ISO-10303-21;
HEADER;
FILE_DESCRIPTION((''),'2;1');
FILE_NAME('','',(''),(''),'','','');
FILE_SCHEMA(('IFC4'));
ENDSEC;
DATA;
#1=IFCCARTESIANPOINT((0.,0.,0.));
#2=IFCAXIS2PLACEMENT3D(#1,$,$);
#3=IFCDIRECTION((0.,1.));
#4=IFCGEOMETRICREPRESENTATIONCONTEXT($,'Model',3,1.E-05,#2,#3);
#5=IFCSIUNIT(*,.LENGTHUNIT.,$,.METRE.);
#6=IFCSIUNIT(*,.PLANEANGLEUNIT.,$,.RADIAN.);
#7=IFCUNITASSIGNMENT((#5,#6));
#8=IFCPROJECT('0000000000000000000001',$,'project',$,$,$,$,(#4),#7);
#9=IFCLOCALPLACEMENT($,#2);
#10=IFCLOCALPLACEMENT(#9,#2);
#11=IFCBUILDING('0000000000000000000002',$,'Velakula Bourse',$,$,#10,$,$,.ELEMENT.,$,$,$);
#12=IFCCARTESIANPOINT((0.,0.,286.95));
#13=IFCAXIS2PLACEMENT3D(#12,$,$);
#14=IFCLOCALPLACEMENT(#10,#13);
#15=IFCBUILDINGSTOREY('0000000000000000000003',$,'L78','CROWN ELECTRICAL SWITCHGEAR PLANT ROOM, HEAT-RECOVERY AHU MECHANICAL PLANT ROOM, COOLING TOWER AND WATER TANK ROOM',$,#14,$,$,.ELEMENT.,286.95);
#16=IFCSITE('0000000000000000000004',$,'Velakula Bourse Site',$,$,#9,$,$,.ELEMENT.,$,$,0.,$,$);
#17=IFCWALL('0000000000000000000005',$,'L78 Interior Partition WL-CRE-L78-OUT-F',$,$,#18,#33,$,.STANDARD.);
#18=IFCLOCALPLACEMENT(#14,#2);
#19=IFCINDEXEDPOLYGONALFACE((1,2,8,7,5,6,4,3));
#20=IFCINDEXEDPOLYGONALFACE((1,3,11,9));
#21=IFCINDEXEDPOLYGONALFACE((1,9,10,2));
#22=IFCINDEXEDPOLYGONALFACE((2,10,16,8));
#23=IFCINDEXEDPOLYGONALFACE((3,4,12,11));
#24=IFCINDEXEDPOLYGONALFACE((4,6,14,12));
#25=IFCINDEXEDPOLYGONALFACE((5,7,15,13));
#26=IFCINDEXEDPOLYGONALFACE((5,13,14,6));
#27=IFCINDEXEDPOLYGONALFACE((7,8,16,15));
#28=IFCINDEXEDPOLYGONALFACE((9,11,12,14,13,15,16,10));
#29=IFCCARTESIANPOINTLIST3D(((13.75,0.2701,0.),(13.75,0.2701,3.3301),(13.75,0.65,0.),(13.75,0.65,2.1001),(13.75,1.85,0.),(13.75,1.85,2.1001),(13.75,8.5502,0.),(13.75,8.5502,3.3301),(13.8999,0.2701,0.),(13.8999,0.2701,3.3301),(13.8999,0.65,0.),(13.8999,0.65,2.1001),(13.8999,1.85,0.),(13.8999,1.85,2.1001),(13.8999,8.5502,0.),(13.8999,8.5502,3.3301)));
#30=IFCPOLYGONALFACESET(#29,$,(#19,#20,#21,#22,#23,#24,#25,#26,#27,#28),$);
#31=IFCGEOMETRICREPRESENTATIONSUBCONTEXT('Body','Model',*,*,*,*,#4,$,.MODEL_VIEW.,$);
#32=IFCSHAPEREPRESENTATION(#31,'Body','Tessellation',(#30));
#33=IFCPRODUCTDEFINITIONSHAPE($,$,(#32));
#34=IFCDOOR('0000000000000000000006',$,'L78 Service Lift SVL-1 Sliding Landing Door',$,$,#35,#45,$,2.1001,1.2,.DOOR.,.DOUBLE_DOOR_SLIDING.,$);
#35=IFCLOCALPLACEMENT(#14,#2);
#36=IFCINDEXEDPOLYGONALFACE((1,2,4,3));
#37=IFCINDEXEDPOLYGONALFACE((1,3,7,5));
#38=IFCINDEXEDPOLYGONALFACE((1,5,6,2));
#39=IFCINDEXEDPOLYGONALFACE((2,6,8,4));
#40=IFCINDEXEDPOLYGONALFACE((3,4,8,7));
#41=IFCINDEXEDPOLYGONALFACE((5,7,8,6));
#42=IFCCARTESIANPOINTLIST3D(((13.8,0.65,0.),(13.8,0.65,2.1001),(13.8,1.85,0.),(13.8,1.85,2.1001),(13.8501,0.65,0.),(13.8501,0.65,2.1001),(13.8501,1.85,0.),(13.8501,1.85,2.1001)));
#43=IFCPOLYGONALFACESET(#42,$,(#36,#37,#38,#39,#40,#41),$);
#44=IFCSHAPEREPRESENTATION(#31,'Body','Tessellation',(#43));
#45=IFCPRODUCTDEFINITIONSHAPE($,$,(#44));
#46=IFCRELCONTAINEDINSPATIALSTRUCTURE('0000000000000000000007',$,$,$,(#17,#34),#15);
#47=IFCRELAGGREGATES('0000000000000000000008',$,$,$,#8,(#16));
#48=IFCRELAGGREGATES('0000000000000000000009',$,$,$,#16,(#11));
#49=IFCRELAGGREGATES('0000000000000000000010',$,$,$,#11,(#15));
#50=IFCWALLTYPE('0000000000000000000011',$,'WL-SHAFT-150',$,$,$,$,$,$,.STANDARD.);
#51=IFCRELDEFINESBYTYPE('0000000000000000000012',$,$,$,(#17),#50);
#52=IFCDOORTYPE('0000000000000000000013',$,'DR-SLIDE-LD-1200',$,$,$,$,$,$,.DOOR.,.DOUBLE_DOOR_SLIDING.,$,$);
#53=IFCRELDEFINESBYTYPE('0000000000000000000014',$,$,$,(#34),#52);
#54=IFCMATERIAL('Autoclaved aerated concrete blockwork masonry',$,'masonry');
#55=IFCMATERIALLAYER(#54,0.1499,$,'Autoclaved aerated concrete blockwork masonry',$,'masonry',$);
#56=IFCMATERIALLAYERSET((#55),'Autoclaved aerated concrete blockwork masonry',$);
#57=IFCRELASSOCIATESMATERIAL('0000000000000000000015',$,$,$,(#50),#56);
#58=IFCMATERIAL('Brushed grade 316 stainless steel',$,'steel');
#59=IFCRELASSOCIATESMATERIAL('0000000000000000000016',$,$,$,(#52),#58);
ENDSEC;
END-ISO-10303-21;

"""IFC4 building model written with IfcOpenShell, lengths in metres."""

from ifc_helpers import new_model, si_unit, direction, frame, frame_2d, origin, place, context, subcontext, project, spatial, rectangle, extrude, material, layer, layer_set, type_object, element, fill, save


model = new_model("IFC4")

# Units and contexts
model_context = context("Model", 3, precision=1e-05, world=origin(), true_north=direction((0.0, 1.0)))
body_context = subcontext(model_context, "Body", "Model", "MODEL_VIEW")
ifc_project = project(units=[si_unit("LENGTHUNIT", "METRE"), si_unit("PLANEANGLEUNIT", "RADIAN")], contexts=[model_context])

# Site, building, storey
site_placement = place(None, origin())
site = spatial("IfcSite", under=ifc_project, at=site_placement, Name="Velakula Bourse Site", CompositionType="ELEMENT", RefElevation=0.0)
building_placement = place(site_placement, origin())
building = spatial("IfcBuilding", under=site, at=building_placement, Name="Velakula Bourse", CompositionType="ELEMENT")
storey_placement = place(building_placement, frame((0.0, 0.0, 286.95)))
storey = spatial("IfcBuildingStorey", under=building, at=storey_placement, Name="L78", Description="CROWN ELECTRICAL SWITCHGEAR PLANT ROOM, HEAT-RECOVERY AHU MECHANICAL PLANT ROOM, COOLING TOWER AND WATER TANK ROOM", CompositionType="ELEMENT", Elevation=286.95)

# Wall, opening, door
ifc_material_1 = material(Name="Autoclaved aerated concrete blockwork masonry", Category="masonry")
ifc_layer_1 = layer(ifc_material_1, 0.1499, Name="Autoclaved aerated concrete blockwork masonry", Category="masonry")
ifc_layer_set_1 = layer_set([ifc_layer_1], Name="Autoclaved aerated concrete blockwork masonry")
wall_type_1 = type_object("IfcWallType", Name="WL-SHAFT-150", PredefinedType="STANDARD", material=ifc_layer_set_1)
wall_1_placement = place(storey_placement, frame((13.825, 0.27, 0.0), z_axis=(0.0, 0.0, 1.0), x_axis=(0.0, 1.0, 0.0)))
wall_1 = element("IfcWall", 1, at=wall_1_placement, inside=storey, type_object=wall_type_1, Name="L78 Interior Partition WL-CRE-L78-OUT-F", PredefinedType="STANDARD", context=body_context, shape_type="SweptSolid", body=[
    extrude(rectangle(XDim=8.28, YDim=0.1499, at=frame_2d((4.1401, 0.0))), origin(), (0.0, 0.0, 1.0), 3.3301),
])
opening_placement = place(wall_1_placement, frame((0.3799, 0.0, 0.0)))
opening = element("IfcOpeningElement", 2, at=opening_placement, cuts=wall_1, PredefinedType="OPENING", context=body_context, shape_type="SweptSolid", body=[
    extrude(rectangle(XDim=1.2, YDim=2.1001, at=frame_2d((0.6001, 1.05))), frame((0.0, 0.085, 0.0), z_axis=(0.0, -1.0, 0.0), x_axis=(1.0, 0.0, 0.0)), (0.0, 0.0, 1.0), 0.1699),
])
ifc_material_2 = material(Name="Brushed grade 316 stainless steel", Category="steel")
door_type = type_object("IfcDoorType", Name="DR-SLIDE-LD-1200", OperationType="DOUBLE_DOOR_SLIDING", PredefinedType="DOOR", material=ifc_material_2)
door_placement = place(opening_placement, origin())
door = element("IfcDoor", 3, at=door_placement, inside=storey, type_object=door_type, Name="L78 Service Lift SVL-1 Sliding Landing Door", OperationType="DOUBLE_DOOR_SLIDING", OverallHeight=2.1001, OverallWidth=1.2, PredefinedType="DOOR", context=body_context, shape_type="SweptSolid", body=[
    extrude(rectangle(XDim=1.2, YDim=2.1001, at=frame_2d((0.6001, 1.05))), frame((0.0, 0.0249, 0.0), z_axis=(0.0, -1.0, 0.0), x_axis=(1.0, 0.0, 0.0)), (0.0, 0.0, 1.0), 0.05),
])
fill(opening, door)

save(model, "model.ifc")
